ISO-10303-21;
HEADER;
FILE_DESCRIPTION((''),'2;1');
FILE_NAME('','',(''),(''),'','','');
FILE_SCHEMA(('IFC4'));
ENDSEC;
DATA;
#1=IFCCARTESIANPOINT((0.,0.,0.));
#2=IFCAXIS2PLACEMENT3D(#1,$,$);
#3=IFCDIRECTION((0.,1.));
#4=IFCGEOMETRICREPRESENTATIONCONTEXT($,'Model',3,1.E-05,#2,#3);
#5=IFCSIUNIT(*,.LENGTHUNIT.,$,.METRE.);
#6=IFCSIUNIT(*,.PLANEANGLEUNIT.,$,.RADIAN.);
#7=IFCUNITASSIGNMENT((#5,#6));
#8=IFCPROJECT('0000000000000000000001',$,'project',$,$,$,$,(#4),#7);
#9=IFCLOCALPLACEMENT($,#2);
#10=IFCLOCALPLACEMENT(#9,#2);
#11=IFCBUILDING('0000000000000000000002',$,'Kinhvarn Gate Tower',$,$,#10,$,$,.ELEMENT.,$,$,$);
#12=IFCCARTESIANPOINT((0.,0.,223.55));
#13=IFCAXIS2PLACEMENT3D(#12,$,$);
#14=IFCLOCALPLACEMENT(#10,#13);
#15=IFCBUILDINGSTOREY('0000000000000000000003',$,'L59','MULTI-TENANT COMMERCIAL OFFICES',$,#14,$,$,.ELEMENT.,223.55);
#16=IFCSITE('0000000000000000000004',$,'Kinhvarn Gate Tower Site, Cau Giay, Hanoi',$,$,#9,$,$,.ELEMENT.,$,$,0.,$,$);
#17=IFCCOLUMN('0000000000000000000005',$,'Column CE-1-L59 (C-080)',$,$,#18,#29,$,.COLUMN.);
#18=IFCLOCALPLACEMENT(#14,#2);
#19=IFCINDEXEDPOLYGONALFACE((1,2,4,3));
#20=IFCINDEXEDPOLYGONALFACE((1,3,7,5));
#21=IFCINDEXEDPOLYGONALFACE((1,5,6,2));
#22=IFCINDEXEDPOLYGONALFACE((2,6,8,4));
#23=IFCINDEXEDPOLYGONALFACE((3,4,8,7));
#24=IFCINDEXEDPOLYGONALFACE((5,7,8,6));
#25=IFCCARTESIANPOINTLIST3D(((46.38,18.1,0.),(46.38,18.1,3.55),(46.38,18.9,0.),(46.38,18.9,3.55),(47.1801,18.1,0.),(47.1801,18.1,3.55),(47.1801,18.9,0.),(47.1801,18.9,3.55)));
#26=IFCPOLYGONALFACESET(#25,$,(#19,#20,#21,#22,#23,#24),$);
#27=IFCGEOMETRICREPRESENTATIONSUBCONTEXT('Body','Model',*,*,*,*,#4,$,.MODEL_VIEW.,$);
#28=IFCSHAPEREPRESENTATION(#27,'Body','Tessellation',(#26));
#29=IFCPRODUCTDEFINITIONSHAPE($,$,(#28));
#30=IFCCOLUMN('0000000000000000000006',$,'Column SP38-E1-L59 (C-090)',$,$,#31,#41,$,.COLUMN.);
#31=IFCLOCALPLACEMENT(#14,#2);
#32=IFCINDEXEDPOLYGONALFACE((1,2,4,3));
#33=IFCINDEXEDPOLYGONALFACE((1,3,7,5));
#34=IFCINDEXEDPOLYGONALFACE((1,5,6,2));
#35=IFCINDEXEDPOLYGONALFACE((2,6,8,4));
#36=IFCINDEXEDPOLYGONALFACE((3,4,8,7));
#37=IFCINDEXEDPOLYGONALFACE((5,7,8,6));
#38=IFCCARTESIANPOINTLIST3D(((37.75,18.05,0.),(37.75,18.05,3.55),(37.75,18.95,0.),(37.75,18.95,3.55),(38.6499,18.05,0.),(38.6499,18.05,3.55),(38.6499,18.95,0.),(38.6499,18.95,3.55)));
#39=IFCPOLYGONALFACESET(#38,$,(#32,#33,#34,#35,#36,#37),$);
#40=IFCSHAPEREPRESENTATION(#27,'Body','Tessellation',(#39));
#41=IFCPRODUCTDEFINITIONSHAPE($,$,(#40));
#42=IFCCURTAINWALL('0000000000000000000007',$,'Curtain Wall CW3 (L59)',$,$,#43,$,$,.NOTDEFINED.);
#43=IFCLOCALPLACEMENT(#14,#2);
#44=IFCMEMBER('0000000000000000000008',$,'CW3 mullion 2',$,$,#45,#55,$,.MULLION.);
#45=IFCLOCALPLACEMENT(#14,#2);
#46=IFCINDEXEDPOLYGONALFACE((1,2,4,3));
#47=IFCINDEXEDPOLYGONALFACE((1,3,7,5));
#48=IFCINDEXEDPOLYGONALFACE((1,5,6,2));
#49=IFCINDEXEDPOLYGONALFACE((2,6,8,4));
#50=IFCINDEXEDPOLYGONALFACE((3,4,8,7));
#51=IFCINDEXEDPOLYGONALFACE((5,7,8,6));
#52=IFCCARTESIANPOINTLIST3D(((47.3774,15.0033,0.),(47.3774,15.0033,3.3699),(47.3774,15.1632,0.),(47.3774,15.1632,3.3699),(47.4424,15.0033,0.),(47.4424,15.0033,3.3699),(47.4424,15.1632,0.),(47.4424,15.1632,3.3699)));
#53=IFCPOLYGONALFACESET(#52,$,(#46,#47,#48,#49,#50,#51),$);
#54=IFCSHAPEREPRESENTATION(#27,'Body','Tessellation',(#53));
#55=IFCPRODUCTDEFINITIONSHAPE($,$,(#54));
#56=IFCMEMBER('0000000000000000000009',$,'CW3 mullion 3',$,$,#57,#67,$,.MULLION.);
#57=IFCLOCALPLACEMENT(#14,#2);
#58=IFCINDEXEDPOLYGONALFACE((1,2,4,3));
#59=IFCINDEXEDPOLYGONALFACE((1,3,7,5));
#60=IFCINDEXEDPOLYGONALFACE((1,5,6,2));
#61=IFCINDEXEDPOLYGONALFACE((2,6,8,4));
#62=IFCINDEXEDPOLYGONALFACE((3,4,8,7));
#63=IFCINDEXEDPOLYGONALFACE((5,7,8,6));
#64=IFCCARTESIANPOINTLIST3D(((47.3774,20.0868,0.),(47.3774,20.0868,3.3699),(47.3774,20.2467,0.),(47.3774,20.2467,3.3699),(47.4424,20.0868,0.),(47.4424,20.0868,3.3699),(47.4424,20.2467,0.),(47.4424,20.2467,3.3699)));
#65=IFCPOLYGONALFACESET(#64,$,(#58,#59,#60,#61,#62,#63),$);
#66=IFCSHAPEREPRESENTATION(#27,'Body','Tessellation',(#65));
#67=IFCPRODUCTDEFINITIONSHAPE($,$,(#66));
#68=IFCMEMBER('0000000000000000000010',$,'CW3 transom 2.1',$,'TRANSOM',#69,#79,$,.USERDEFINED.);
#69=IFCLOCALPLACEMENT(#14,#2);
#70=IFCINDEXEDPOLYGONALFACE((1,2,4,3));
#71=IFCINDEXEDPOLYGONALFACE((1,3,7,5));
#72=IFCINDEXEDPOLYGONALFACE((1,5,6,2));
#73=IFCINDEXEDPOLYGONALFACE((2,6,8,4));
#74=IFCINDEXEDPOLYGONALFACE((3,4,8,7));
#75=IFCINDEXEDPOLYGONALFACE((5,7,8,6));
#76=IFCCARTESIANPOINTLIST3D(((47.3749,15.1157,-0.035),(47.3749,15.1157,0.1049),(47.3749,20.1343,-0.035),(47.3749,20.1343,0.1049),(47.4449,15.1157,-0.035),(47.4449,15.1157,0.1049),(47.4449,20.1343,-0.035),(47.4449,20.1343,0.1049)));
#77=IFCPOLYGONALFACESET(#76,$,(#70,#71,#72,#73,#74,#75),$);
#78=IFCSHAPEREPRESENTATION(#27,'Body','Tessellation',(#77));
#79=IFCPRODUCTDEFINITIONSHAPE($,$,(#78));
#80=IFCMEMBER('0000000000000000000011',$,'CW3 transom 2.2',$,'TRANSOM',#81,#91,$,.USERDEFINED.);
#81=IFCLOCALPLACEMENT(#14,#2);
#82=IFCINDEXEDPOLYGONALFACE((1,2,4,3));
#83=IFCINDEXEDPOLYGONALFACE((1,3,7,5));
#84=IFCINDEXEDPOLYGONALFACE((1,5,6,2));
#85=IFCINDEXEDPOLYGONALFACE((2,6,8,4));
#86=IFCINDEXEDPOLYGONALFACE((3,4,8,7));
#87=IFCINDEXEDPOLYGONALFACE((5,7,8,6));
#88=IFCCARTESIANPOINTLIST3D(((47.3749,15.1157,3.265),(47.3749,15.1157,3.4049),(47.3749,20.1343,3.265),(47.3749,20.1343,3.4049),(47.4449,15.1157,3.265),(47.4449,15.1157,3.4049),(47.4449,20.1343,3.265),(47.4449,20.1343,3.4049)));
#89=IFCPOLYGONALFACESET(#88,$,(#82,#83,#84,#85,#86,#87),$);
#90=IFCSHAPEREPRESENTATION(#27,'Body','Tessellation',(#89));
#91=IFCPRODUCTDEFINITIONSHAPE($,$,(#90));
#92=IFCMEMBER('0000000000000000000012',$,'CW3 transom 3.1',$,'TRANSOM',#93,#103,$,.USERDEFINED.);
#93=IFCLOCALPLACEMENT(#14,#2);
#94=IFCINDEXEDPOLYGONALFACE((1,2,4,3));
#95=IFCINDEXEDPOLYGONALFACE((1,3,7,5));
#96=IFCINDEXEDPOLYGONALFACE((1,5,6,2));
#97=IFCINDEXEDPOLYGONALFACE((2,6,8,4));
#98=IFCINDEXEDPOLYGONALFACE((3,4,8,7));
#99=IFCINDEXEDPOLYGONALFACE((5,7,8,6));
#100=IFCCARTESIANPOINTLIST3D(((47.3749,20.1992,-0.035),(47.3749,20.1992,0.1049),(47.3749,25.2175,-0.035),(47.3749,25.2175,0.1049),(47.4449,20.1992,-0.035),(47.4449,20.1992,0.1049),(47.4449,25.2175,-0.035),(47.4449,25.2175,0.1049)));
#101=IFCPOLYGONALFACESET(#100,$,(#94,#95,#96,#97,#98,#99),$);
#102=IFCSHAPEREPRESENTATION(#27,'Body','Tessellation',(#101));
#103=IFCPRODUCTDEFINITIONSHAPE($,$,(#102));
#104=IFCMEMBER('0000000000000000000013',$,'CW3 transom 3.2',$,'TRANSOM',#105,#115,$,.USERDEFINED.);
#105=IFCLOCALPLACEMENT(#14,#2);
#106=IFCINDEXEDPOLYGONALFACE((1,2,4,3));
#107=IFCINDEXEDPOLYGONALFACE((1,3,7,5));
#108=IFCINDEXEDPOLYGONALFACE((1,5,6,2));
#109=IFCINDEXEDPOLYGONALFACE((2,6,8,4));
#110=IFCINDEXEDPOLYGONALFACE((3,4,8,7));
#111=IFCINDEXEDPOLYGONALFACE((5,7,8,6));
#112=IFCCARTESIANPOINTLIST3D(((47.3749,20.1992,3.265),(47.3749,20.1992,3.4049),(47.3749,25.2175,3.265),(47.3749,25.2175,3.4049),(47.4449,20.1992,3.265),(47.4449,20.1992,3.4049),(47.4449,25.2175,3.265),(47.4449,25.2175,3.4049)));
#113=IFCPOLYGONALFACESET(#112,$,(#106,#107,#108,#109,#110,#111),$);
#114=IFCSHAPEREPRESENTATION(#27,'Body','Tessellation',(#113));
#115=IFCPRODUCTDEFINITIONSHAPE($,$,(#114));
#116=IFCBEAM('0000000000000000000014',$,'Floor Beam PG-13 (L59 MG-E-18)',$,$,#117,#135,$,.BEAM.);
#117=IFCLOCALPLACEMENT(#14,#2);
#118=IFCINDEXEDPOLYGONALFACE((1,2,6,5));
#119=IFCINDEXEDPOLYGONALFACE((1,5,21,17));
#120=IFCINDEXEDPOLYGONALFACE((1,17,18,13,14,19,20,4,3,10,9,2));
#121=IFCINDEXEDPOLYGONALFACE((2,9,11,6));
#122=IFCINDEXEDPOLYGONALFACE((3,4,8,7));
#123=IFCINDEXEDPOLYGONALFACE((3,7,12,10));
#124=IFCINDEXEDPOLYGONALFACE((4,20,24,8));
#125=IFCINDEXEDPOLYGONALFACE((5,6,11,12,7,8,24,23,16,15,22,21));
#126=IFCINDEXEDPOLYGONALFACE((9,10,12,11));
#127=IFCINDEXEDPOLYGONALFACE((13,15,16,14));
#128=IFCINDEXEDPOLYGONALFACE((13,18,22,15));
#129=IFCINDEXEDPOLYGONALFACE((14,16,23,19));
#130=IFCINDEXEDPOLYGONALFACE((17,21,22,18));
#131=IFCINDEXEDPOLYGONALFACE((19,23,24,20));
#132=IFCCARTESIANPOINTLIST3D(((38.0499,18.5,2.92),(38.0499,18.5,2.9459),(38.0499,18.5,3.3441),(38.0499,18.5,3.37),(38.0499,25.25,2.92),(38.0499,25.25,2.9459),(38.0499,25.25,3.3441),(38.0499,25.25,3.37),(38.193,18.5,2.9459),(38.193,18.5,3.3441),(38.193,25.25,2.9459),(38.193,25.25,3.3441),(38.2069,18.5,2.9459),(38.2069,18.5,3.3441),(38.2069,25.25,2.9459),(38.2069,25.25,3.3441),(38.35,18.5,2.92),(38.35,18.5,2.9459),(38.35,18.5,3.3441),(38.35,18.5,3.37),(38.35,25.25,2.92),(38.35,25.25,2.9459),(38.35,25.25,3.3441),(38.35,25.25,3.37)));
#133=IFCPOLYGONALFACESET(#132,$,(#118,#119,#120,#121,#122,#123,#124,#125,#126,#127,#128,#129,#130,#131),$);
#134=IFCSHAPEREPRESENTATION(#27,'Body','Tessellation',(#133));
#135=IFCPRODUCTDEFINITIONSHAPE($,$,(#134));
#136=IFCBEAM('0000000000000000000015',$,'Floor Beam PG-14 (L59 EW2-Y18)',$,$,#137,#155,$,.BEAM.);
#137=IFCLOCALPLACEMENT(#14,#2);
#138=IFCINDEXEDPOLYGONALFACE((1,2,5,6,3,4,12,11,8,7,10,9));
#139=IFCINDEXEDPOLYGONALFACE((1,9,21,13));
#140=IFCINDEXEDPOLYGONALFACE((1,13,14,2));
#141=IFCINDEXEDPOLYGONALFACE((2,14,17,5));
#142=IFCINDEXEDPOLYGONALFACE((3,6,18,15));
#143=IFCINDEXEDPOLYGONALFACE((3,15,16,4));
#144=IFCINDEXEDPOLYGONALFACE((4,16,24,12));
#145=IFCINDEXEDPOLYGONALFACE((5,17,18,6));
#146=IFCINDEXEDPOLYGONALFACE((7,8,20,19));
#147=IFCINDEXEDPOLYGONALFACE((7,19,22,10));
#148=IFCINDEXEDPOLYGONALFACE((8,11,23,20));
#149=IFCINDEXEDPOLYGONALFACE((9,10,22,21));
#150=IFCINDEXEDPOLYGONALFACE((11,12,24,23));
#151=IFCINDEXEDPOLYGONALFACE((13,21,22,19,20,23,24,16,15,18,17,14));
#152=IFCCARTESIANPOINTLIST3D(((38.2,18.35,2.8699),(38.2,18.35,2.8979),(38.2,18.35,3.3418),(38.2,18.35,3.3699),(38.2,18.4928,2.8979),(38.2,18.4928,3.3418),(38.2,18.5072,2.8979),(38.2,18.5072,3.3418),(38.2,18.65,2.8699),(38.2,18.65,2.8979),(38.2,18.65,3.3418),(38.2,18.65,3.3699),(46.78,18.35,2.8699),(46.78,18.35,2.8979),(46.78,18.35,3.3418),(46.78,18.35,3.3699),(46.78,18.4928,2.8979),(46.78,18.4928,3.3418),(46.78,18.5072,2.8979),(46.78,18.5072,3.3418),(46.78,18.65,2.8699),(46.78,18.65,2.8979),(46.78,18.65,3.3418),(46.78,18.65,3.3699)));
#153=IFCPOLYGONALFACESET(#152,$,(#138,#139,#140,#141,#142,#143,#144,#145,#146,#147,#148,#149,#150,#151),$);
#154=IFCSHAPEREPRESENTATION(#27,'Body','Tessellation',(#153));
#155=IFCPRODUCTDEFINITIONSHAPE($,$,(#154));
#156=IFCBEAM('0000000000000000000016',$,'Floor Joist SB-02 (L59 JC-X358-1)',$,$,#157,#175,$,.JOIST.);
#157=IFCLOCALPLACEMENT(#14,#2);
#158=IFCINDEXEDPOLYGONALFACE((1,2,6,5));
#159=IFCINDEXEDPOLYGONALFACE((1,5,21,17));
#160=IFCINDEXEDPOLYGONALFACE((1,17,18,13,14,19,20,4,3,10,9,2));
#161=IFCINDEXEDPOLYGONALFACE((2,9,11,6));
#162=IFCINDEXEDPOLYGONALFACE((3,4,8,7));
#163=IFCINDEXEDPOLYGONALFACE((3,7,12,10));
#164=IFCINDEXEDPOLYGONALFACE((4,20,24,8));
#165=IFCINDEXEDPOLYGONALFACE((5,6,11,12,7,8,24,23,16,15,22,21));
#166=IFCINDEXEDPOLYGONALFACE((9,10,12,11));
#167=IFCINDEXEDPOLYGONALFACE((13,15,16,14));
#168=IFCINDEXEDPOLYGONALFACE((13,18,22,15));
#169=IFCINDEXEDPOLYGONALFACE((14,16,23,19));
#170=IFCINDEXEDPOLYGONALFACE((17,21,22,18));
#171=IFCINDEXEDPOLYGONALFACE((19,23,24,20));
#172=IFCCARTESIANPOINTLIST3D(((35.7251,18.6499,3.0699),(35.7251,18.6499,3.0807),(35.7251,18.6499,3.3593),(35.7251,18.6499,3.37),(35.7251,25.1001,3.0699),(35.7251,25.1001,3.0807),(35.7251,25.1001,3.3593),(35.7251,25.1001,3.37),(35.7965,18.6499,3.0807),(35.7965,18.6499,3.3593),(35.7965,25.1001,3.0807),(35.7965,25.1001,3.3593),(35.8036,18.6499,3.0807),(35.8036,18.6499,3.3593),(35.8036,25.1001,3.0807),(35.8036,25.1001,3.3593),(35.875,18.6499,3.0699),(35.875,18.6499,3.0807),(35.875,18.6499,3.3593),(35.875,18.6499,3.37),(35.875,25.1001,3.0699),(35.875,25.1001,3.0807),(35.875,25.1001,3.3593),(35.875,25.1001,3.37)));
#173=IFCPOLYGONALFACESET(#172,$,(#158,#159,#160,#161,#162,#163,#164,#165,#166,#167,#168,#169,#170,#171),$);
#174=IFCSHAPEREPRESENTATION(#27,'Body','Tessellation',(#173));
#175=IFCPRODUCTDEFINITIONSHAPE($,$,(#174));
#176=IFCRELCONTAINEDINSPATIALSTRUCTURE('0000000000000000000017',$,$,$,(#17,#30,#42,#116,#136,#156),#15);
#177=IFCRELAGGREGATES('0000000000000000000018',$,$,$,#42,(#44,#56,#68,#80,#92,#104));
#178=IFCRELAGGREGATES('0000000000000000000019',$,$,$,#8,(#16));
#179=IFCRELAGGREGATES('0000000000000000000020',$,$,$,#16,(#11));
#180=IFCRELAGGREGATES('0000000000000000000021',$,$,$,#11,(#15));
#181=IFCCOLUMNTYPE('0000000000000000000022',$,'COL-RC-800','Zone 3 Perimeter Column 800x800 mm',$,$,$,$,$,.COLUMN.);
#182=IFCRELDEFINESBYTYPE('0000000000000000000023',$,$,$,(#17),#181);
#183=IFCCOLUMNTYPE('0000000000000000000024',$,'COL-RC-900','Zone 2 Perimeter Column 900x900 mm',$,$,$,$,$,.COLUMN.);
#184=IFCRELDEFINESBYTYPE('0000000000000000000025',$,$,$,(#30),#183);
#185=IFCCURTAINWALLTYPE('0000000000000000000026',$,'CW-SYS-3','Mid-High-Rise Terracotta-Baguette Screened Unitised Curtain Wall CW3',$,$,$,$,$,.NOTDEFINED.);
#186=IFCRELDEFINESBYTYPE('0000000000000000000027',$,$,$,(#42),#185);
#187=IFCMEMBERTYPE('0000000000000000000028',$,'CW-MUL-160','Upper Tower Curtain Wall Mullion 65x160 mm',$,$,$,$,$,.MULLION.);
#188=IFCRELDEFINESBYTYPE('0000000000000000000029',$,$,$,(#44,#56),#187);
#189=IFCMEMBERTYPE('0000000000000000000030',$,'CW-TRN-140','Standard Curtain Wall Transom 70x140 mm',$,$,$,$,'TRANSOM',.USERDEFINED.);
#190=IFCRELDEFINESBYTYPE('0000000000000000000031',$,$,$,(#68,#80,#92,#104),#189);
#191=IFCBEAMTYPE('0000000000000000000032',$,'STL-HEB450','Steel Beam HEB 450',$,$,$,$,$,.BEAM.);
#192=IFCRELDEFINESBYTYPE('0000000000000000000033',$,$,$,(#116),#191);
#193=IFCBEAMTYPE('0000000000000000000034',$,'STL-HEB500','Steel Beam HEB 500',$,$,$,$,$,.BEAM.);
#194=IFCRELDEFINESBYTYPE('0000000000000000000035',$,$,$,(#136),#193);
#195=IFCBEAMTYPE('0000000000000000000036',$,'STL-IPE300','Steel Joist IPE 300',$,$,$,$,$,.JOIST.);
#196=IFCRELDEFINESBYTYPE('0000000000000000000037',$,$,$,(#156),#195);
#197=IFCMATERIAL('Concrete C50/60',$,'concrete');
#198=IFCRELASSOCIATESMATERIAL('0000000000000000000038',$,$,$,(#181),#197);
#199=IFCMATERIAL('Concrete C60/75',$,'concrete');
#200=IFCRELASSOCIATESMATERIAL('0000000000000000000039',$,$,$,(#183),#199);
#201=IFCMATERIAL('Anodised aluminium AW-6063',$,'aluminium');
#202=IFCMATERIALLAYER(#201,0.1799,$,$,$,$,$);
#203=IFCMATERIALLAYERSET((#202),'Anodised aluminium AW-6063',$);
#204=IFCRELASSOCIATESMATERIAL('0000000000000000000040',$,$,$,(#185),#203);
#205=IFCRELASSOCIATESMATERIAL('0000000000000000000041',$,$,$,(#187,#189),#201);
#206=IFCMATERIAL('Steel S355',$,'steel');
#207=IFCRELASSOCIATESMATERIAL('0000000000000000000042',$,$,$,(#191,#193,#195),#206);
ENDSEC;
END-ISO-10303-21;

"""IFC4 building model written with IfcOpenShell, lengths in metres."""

from ifc_helpers import new_model, si_unit, direction, frame, origin, origin_2d, place, context, subcontext, project, spatial, rectangle, i_section, extrude, material, layer, layer_set, material_profile, profile_set, type_object, element, aggregate, save


model = new_model("IFC4")

# Units and contexts
model_context = context("Model", 3, precision=1e-05, world=origin(), true_north=direction((0.0, 1.0)))
body_context = subcontext(model_context, "Body", "Model", "MODEL_VIEW")
ifc_project = project(units=[si_unit("LENGTHUNIT", "METRE"), si_unit("PLANEANGLEUNIT", "RADIAN")], contexts=[model_context])

# Site, building, storey
site_placement = place(None, origin())
site = spatial("IfcSite", under=ifc_project, at=site_placement, Name="Kinhvarn Gate Tower Site, Cau Giay, Hanoi", CompositionType="ELEMENT", RefElevation=0.0)
building_placement = place(site_placement, origin())
building = spatial("IfcBuilding", under=site, at=building_placement, Name="Kinhvarn Gate Tower", CompositionType="ELEMENT")
storey_placement = place(building_placement, frame((0.0, 0.0, 223.55)))
storey = spatial("IfcBuildingStorey", under=building, at=storey_placement, Name="L59", Description="MULTI-TENANT COMMERCIAL OFFICES", CompositionType="ELEMENT", Elevation=223.55)

# Columns
ifc_material_1 = material(Name="Concrete C50/60", Category="concrete")
ifc_material_profile_1 = material_profile(ifc_material_1, rectangle(XDim=0.8, YDim=0.8, at=origin_2d()), Name="RC 800x800")
ifc_profile_set_1 = profile_set([ifc_material_profile_1], Name="Concrete C50/60")
column_type_1 = type_object("IfcColumnType", Name="COL-RC-800", Description="Zone 3 Perimeter Column 800x800 mm", PredefinedType="COLUMN", material=ifc_profile_set_1)
column_1_placement = place(storey_placement, frame((46.78, 18.5, 0.0), z_axis=(0.0, 0.0, 1.0), x_axis=(1.0, 0.0, 0.0)))
element("IfcColumn", 1, at=column_1_placement, inside=storey, type_object=column_type_1, Name="Column CE-1-L59 (C-080)", PredefinedType="COLUMN", context=body_context, shape_type="SweptSolid", body=[
    extrude(rectangle(XDim=0.8, YDim=0.8, at=origin_2d()), origin(), (0.0, 0.0, 1.0), 3.55),
])
ifc_material_2 = material(Name="Concrete C60/75", Category="concrete")
ifc_material_profile_2 = material_profile(ifc_material_2, rectangle(XDim=0.8999, YDim=0.8999, at=origin_2d()), Name="RC 900x900")
ifc_profile_set_2 = profile_set([ifc_material_profile_2], Name="Concrete C60/75")
column_type_2 = type_object("IfcColumnType", Name="COL-RC-900", Description="Zone 2 Perimeter Column 900x900 mm", PredefinedType="COLUMN", material=ifc_profile_set_2)
column_2_placement = place(storey_placement, frame((38.2, 18.5, 0.0), z_axis=(0.0, 0.0, 1.0), x_axis=(1.0, 0.0, 0.0)))
element("IfcColumn", 2, at=column_2_placement, inside=storey, type_object=column_type_2, Name="Column SP38-E1-L59 (C-090)", PredefinedType="COLUMN", context=body_context, shape_type="SweptSolid", body=[
    extrude(rectangle(XDim=0.8999, YDim=0.8999, at=origin_2d()), origin(), (0.0, 0.0, 1.0), 3.55),
])

# Curtain wall, members
ifc_material_3 = material(Name="Anodised aluminium AW-6063", Category="aluminium")
ifc_layer_1 = layer(ifc_material_3, 0.1799)
ifc_layer_set_1 = layer_set([ifc_layer_1], Name="Anodised aluminium AW-6063")
curtain_wall_type = type_object("IfcCurtainWallType", Name="CW-SYS-3", Description="Mid-High-Rise Terracotta-Baguette Screened Unitised Curtain Wall CW3", PredefinedType="NOTDEFINED", material=ifc_layer_set_1)
curtain_wall_placement = place(storey_placement, origin())
curtain_wall = element("IfcCurtainWall", 3, at=curtain_wall_placement, inside=storey, type_object=curtain_wall_type, Name="Curtain Wall CW3 (L59)", PredefinedType="NOTDEFINED")
ifc_material_profile_3 = material_profile(ifc_material_3, rectangle(XDim=0.0649, YDim=0.1599, at=origin_2d()), Name="ALU 65x160")
ifc_profile_set_3 = profile_set([ifc_material_profile_3], Name="Anodised aluminium AW-6063")
member_type_1 = type_object("IfcMemberType", Name="CW-MUL-160", Description="Upper Tower Curtain Wall Mullion 65x160 mm", PredefinedType="MULLION", material=ifc_profile_set_3)
member_1_placement = place(storey_placement, frame((47.4099, 15.0833, 0.0), z_axis=(0.0, 0.0, 1.0), x_axis=(-1.0, 0.0, 0.0)))
member_1 = element("IfcMember", 4, at=member_1_placement, type_object=member_type_1, Name="CW3 mullion 2", PredefinedType="MULLION", context=body_context, shape_type="SweptSolid", body=[
    extrude(rectangle(XDim=0.0649, YDim=0.1599, at=origin_2d()), origin(), (0.0, 0.0, 1.0), 3.3699),
])
member_2_placement = place(storey_placement, frame((47.4099, 20.1667, 0.0), z_axis=(0.0, 0.0, 1.0), x_axis=(-1.0, 0.0, 0.0)))
member_2 = element("IfcMember", 5, at=member_2_placement, type_object=member_type_1, Name="CW3 mullion 3", PredefinedType="MULLION", context=body_context, shape_type="SweptSolid", body=[
    extrude(rectangle(XDim=0.0649, YDim=0.1599, at=origin_2d()), origin(), (0.0, 0.0, 1.0), 3.3699),
])
ifc_material_profile_4 = material_profile(ifc_material_3, rectangle(XDim=0.0701, YDim=0.1399, at=origin_2d()), Name="ALU 70x140")
ifc_profile_set_4 = profile_set([ifc_material_profile_4], Name="Anodised aluminium AW-6063")
member_type_2 = type_object("IfcMemberType", Name="CW-TRN-140", Description="Standard Curtain Wall Transom 70x140 mm", ElementType="TRANSOM", PredefinedType="USERDEFINED", material=ifc_profile_set_4)
member_3_placement = place(storey_placement, frame((47.4099, 15.1157, 0.0349), z_axis=(0.0, 1.0, 0.0), x_axis=(-1.0, 0.0, 0.0)))
member_3 = element("IfcMember", 6, at=member_3_placement, type_object=member_type_2, Name="CW3 transom 2.1", ObjectType="TRANSOM", PredefinedType="USERDEFINED", context=body_context, shape_type="SweptSolid", body=[
    extrude(rectangle(XDim=0.0701, YDim=0.1399, at=origin_2d()), origin(), (0.0, 0.0, 1.0), 5.0186),
])
member_4_placement = place(storey_placement, frame((47.4099, 15.1157, 3.335), z_axis=(0.0, 1.0, 0.0), x_axis=(-1.0, 0.0, 0.0)))
member_4 = element("IfcMember", 7, at=member_4_placement, type_object=member_type_2, Name="CW3 transom 2.2", ObjectType="TRANSOM", PredefinedType="USERDEFINED", context=body_context, shape_type="SweptSolid", body=[
    extrude(rectangle(XDim=0.0701, YDim=0.1399, at=origin_2d()), origin(), (0.0, 0.0, 1.0), 5.0186),
])
member_5_placement = place(storey_placement, frame((47.4099, 20.1992, 0.0349), z_axis=(0.0, 1.0, 0.0), x_axis=(-1.0, 0.0, 0.0)))
member_5 = element("IfcMember", 8, at=member_5_placement, type_object=member_type_2, Name="CW3 transom 3.1", ObjectType="TRANSOM", PredefinedType="USERDEFINED", context=body_context, shape_type="SweptSolid", body=[
    extrude(rectangle(XDim=0.0701, YDim=0.1399, at=origin_2d()), origin(), (0.0, 0.0, 1.0), 5.0183),
])
member_6_placement = place(storey_placement, frame((47.4099, 20.1992, 3.335), z_axis=(0.0, 1.0, 0.0), x_axis=(-1.0, 0.0, 0.0)))
member_6 = element("IfcMember", 9, at=member_6_placement, type_object=member_type_2, Name="CW3 transom 3.2", ObjectType="TRANSOM", PredefinedType="USERDEFINED", context=body_context, shape_type="SweptSolid", body=[
    extrude(rectangle(XDim=0.0701, YDim=0.1399, at=origin_2d()), origin(), (0.0, 0.0, 1.0), 5.0183),
])

# Beams
ifc_material_4 = material(Name="Steel S355", Category="steel")
ifc_material_profile_5 = material_profile(ifc_material_4, i_section(OverallWidth=0.3, OverallDepth=0.45, WebThickness=0.0139, FlangeThickness=0.0259, at=origin_2d()), Name="HEB 450")
ifc_profile_set_5 = profile_set([ifc_material_profile_5], Name="Steel S355")
beam_type_1 = type_object("IfcBeamType", Name="STL-HEB450", Description="Steel Beam HEB 450", PredefinedType="BEAM", material=ifc_profile_set_5)
beam_1_placement = place(storey_placement, frame((38.2, 18.5, 3.145), z_axis=(0.0, 1.0, 0.0), x_axis=(-1.0, 0.0, 0.0)))
element("IfcBeam", 10, at=beam_1_placement, inside=storey, type_object=beam_type_1, Name="Floor Beam PG-13 (L59 MG-E-18)", PredefinedType="BEAM", context=body_context, shape_type="SweptSolid", body=[
    extrude(i_section(OverallWidth=0.3, OverallDepth=0.45, WebThickness=0.0139, FlangeThickness=0.0259, at=origin_2d()), origin(), (0.0, 0.0, 1.0), 6.75),
])
ifc_material_profile_6 = material_profile(ifc_material_4, i_section(OverallWidth=0.3, OverallDepth=0.5, WebThickness=0.0144, FlangeThickness=0.0281, at=origin_2d()), Name="HEB 500")
ifc_profile_set_6 = profile_set([ifc_material_profile_6], Name="Steel S355")
beam_type_2 = type_object("IfcBeamType", Name="STL-HEB500", Description="Steel Beam HEB 500", PredefinedType="BEAM", material=ifc_profile_set_6)
beam_2_placement = place(storey_placement, frame((38.2, 18.5, 3.1199), z_axis=(1.0, 0.0, 0.0), x_axis=(0.0, 1.0, 0.0)))
element("IfcBeam", 11, at=beam_2_placement, inside=storey, type_object=beam_type_2, Name="Floor Beam PG-14 (L59 EW2-Y18)", PredefinedType="BEAM", context=body_context, shape_type="SweptSolid", body=[
    extrude(i_section(OverallWidth=0.3, OverallDepth=0.5, WebThickness=0.0144, FlangeThickness=0.0281, at=origin_2d()), origin(), (0.0, 0.0, 1.0), 8.5801),
])
ifc_material_profile_7 = material_profile(ifc_material_4, i_section(OverallWidth=0.1499, OverallDepth=0.3, WebThickness=0.0071, FlangeThickness=0.0107, at=origin_2d()), Name="IPE 300")
ifc_profile_set_7 = profile_set([ifc_material_profile_7], Name="Steel S355")
beam_type_3 = type_object("IfcBeamType", Name="STL-IPE300", Description="Steel Joist IPE 300", PredefinedType="JOIST", material=ifc_profile_set_7)
for number, where, z_axis, x_axis, name in (
    (12, (35.8, 18.6499, 3.22), (0.0, 1.0, 0.0), (-1.0, 0.0, 0.0), "Floor Joist SB-02 (L59 JC-X358-1)"),
):
    element("IfcBeam", number, at=place(storey_placement, frame(where, z_axis=z_axis, x_axis=x_axis)), inside=storey, type_object=beam_type_3, Name=name, PredefinedType="JOIST", context=body_context, shape_type="SweptSolid", body=[
        extrude(i_section(OverallWidth=0.1499, OverallDepth=0.3, WebThickness=0.0071, FlangeThickness=0.0107, at=origin_2d()), origin(), (0.0, 0.0, 1.0), 6.4502),
    ])

aggregate(curtain_wall, [member_1, member_2, member_3, member_4, member_5, member_6])

save(model, "model.ifc")
